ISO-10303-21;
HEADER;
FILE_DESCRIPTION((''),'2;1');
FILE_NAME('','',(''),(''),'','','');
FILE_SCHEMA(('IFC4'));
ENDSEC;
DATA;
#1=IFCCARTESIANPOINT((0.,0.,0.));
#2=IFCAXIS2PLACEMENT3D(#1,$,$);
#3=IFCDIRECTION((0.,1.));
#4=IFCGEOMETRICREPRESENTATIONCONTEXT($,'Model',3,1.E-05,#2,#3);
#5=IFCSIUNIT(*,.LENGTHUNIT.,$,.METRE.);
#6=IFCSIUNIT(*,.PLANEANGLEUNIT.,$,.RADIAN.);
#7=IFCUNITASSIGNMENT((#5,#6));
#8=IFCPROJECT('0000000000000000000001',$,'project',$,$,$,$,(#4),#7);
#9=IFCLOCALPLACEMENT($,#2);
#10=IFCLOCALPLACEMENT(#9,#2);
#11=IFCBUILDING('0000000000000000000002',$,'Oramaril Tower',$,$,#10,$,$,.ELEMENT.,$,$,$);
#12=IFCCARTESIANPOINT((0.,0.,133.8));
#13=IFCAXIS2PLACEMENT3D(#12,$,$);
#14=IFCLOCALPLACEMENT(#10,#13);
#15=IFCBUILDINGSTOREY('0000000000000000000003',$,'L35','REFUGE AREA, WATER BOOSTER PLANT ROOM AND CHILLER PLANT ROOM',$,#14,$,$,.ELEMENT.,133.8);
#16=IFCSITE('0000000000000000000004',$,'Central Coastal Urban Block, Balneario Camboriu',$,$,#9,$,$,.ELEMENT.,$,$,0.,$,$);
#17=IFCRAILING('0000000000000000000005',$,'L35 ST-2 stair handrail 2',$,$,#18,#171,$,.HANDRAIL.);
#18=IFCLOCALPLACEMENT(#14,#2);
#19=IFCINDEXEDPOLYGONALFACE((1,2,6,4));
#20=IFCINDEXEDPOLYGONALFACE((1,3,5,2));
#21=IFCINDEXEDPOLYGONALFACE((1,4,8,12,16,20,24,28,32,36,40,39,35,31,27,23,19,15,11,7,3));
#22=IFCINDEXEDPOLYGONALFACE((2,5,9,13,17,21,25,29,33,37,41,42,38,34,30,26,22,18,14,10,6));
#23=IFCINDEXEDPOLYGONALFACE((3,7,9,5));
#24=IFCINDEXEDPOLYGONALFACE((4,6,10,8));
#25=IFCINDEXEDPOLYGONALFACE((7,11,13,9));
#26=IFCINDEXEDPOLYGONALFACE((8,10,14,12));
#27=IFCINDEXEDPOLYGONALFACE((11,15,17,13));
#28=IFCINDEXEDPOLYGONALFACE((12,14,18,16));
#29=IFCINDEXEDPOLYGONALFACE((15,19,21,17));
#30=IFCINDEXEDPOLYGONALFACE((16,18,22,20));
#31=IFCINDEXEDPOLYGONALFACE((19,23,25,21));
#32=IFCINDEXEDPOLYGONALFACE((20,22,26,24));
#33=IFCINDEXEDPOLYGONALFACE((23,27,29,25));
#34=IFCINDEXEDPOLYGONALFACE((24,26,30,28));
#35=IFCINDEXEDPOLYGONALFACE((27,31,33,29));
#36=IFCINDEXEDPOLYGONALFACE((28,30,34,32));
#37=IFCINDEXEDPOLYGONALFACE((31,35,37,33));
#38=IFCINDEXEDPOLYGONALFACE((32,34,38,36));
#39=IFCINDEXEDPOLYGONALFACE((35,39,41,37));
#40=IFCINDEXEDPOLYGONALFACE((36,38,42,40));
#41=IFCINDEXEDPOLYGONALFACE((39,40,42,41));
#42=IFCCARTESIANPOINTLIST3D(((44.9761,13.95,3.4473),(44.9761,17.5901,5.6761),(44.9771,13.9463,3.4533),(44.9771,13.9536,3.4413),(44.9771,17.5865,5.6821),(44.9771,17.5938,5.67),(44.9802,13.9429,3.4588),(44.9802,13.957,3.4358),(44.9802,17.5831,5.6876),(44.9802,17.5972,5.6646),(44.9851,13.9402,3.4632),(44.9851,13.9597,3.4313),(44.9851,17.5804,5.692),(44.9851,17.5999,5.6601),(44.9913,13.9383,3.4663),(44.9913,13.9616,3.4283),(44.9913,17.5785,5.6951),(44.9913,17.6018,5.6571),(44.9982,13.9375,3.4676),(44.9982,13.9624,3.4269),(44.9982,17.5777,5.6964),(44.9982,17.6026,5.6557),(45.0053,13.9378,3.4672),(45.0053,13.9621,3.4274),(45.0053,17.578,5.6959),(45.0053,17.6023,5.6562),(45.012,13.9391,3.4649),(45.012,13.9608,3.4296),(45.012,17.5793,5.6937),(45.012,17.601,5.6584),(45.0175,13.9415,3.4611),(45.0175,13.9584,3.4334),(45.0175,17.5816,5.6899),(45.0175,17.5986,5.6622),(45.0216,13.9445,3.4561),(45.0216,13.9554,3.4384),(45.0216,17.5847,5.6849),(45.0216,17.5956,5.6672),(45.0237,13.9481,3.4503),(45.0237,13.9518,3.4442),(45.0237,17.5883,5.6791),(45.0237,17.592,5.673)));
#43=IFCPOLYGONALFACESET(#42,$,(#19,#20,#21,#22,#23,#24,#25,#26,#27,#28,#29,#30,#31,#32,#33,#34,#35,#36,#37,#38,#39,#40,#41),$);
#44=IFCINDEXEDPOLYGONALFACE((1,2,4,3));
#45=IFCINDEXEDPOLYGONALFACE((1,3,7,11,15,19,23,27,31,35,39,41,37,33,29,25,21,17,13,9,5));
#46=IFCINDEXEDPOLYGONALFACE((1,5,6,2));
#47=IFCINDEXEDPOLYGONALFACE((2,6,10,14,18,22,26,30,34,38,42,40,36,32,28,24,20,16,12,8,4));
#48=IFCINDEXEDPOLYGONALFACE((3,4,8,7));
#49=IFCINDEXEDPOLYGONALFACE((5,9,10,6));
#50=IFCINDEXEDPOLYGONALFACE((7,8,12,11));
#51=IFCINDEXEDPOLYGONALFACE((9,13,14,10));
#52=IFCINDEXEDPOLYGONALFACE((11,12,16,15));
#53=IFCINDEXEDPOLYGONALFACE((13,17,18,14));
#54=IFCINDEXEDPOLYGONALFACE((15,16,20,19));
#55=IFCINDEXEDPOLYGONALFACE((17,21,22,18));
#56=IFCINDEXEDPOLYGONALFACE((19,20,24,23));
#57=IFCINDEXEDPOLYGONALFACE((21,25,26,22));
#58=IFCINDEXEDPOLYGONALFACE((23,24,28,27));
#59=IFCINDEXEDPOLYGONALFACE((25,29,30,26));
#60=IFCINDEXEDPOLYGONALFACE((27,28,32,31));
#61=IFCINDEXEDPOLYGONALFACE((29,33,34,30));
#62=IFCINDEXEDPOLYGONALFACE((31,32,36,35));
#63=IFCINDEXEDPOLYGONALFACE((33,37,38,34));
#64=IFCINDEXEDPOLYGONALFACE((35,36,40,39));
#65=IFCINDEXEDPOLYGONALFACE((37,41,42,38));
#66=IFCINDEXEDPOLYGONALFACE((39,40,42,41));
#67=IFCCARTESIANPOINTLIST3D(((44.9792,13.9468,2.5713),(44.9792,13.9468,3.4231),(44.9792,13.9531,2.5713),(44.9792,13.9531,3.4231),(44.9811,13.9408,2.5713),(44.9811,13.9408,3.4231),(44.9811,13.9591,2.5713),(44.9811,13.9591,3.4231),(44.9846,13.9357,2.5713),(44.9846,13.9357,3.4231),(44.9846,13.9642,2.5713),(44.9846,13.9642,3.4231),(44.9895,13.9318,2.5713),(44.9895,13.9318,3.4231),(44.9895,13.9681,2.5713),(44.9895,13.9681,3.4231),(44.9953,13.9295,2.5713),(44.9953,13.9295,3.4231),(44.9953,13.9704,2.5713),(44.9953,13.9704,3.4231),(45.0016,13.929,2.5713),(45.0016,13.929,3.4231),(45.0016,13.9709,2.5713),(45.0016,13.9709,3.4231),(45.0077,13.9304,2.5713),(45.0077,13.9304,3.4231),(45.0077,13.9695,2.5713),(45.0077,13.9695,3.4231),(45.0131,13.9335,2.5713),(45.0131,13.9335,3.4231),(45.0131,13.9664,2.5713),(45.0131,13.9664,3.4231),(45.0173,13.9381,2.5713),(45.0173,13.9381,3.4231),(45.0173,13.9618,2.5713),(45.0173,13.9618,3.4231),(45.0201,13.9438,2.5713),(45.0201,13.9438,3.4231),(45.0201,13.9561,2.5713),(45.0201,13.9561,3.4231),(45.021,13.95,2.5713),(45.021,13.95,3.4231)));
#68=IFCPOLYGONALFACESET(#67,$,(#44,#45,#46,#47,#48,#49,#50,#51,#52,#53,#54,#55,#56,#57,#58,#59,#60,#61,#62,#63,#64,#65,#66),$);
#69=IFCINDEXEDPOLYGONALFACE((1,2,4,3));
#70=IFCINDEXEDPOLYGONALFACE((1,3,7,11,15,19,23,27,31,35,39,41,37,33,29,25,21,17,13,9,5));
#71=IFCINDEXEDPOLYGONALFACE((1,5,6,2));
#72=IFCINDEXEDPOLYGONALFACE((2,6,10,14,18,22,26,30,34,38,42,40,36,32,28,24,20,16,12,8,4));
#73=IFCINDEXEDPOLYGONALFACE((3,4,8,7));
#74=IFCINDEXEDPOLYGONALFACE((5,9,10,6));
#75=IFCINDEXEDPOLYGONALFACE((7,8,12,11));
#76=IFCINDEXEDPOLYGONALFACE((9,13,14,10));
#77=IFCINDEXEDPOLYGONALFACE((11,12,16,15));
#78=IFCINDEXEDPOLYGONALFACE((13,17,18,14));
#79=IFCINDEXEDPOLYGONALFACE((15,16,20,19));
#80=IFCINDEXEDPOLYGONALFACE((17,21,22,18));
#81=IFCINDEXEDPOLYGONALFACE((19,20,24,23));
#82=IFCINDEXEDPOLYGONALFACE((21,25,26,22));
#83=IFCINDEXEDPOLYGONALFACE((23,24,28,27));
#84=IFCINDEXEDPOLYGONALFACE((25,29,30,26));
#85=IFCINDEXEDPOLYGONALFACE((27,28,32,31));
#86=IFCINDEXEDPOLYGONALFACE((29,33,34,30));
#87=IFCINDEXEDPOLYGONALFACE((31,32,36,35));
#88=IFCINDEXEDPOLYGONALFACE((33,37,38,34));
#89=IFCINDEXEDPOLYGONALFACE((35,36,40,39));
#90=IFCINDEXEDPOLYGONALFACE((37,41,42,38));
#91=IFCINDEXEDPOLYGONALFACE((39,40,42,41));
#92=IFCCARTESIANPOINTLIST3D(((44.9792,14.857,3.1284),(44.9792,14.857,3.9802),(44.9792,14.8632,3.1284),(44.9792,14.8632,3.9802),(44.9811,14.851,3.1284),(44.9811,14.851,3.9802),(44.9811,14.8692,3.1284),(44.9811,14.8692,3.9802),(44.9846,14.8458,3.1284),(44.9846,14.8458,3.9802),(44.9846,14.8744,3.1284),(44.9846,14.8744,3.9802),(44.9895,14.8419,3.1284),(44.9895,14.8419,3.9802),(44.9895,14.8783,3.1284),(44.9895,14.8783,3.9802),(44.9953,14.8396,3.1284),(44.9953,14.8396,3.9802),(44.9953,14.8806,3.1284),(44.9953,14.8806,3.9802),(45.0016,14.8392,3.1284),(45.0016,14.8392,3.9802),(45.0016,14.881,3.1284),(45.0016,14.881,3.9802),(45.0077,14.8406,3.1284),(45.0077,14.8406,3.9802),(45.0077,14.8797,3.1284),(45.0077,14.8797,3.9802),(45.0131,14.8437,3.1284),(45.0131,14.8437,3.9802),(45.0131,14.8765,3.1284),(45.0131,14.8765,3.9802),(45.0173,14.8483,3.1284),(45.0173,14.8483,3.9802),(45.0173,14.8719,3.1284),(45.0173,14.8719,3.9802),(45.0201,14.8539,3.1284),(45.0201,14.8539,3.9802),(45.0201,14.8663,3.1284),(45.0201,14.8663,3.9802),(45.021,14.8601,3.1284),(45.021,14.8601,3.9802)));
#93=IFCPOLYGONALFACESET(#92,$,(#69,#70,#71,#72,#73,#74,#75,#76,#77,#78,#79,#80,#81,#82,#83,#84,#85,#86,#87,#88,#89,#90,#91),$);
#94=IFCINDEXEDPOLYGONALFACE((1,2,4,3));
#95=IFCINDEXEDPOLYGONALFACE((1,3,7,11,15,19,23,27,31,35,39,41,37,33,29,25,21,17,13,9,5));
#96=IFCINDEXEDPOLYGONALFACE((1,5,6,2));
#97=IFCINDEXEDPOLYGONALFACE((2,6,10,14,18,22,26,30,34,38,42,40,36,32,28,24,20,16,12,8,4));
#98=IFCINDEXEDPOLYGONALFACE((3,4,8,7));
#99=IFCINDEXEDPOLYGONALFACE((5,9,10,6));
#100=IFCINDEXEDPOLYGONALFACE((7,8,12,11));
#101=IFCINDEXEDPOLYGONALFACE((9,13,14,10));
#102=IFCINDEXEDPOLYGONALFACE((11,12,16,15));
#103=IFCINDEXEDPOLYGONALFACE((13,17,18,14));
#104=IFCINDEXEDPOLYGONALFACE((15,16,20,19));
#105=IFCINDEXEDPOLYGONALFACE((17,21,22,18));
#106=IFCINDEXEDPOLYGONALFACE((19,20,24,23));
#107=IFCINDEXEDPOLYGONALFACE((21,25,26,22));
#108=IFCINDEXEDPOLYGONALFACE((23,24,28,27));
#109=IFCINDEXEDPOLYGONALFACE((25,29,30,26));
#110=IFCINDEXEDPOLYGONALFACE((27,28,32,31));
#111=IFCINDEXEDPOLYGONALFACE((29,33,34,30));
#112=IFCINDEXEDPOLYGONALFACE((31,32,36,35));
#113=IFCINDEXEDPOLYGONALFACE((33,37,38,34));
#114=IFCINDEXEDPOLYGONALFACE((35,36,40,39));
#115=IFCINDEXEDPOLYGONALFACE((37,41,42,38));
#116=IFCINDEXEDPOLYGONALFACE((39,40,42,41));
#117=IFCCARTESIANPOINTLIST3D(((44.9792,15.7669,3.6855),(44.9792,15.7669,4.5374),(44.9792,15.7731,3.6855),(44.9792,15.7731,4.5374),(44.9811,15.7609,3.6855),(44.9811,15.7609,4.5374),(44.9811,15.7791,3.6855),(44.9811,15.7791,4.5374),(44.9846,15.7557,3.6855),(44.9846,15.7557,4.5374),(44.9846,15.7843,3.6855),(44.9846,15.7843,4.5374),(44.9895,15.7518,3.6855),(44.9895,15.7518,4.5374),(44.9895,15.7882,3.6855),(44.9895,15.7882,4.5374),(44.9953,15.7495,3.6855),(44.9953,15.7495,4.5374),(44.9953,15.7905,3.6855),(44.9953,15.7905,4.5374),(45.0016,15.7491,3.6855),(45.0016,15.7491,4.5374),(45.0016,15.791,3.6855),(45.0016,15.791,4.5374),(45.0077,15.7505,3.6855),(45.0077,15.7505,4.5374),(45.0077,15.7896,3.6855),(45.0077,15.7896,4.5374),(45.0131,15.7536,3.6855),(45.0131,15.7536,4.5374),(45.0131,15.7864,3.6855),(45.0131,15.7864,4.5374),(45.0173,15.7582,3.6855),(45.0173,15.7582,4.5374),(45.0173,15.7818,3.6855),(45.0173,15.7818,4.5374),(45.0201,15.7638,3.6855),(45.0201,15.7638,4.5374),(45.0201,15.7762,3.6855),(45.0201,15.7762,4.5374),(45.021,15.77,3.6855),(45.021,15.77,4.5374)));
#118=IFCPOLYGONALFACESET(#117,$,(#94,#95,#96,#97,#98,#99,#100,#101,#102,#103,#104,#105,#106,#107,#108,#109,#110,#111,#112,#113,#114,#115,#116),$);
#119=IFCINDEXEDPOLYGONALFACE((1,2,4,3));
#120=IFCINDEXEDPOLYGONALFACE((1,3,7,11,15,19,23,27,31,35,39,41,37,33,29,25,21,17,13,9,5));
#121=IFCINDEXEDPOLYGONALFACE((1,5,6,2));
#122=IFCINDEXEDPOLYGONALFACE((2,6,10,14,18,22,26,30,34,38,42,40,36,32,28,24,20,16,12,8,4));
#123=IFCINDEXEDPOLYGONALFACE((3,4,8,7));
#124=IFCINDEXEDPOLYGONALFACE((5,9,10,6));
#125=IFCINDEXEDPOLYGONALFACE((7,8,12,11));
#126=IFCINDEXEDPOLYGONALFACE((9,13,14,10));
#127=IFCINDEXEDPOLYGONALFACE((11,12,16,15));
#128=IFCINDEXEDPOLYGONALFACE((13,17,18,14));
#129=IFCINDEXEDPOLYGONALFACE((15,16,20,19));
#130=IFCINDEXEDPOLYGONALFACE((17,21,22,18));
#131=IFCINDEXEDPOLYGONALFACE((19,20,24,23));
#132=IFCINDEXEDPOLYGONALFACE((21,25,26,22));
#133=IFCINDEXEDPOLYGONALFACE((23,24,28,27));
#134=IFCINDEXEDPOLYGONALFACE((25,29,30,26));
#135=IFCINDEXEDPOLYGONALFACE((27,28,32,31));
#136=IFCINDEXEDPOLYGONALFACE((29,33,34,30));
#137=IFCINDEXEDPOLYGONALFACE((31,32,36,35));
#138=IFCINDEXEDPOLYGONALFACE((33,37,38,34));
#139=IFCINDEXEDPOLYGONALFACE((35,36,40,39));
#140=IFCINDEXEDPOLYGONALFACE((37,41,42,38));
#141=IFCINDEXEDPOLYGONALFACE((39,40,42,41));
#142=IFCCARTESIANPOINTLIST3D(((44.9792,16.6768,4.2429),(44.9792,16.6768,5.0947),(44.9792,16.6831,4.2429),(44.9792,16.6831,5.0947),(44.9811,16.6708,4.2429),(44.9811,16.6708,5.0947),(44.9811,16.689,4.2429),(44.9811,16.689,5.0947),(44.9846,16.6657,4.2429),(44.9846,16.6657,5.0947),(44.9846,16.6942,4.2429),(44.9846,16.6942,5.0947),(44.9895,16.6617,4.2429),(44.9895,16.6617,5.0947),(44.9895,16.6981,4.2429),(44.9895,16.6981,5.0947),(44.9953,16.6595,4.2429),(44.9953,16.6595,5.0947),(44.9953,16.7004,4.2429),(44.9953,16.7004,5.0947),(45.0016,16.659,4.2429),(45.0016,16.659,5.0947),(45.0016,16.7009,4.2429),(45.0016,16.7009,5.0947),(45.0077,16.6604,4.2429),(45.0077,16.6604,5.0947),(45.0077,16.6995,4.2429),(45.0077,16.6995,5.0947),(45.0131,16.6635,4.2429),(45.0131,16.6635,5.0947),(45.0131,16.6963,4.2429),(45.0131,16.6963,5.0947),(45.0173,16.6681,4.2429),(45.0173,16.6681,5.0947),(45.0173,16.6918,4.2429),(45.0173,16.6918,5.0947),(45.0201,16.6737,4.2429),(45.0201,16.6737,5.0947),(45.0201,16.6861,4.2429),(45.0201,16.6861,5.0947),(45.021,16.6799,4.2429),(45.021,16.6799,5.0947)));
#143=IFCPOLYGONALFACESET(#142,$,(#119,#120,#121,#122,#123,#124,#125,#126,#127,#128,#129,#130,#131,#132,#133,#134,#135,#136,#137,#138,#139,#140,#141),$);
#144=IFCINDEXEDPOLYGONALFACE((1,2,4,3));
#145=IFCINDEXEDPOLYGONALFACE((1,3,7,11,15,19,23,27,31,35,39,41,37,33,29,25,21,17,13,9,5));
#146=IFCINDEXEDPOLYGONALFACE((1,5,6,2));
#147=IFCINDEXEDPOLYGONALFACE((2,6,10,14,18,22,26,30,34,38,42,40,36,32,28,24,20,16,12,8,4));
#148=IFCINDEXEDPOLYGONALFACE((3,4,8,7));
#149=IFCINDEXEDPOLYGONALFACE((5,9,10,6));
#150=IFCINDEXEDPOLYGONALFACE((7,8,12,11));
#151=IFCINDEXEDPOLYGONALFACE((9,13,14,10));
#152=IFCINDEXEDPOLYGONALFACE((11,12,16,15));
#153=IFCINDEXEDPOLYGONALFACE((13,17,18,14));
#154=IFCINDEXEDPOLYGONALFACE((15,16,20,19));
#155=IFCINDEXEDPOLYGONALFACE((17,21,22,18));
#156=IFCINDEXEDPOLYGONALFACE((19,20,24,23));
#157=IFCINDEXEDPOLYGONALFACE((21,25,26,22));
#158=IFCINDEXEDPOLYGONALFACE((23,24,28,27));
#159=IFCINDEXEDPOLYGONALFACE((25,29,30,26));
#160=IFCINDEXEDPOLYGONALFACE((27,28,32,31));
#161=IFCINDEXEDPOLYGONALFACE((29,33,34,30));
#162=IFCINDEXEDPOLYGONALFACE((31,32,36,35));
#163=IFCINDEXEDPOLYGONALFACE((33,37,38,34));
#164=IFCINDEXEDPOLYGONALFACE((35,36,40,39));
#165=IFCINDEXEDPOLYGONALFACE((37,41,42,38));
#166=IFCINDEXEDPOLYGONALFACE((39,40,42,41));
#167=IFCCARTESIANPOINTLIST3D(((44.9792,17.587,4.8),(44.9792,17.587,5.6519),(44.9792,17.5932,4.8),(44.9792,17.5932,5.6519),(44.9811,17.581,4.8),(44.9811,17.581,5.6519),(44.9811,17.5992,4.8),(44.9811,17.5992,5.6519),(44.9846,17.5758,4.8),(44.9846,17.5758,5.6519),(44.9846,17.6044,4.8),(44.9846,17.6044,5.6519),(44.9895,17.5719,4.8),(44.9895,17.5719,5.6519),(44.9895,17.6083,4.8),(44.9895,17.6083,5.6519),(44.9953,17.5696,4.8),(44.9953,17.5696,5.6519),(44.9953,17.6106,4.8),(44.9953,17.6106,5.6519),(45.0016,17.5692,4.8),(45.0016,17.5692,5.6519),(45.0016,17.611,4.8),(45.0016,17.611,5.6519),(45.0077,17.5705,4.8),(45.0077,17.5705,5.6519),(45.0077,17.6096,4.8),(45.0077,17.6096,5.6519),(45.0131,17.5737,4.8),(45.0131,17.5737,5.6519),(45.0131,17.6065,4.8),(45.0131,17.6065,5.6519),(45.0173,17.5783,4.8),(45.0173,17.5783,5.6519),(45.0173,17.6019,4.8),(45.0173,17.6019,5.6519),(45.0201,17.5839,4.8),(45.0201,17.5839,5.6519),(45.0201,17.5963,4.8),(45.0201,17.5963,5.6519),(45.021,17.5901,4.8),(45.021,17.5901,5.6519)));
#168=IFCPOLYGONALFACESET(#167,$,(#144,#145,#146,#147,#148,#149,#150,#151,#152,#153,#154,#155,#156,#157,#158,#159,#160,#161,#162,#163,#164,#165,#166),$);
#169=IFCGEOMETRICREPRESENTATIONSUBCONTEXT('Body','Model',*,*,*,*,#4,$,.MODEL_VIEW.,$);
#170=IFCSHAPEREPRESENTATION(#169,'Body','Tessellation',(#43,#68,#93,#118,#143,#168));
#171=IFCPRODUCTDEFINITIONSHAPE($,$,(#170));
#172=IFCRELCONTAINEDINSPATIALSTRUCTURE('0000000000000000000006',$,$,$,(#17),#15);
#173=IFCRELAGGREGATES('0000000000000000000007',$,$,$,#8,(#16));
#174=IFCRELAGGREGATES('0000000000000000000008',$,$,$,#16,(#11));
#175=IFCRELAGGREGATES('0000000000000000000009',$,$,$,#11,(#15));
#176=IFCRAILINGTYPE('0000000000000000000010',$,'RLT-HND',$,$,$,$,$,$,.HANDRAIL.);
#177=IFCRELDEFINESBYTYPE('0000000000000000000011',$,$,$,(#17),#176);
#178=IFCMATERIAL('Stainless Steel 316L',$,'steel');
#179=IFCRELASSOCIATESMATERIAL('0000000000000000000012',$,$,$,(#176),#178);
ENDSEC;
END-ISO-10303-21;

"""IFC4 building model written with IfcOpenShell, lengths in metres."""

from ifc_helpers import new_model, si_unit, direction, frame, origin, origin_2d, place, context, subcontext, project, spatial, circle, extrude, material, type_object, element, save


model = new_model("IFC4")

# Units and contexts
model_context = context("Model", 3, precision=1e-05, world=origin(), true_north=direction((0.0, 1.0)))
body_context = subcontext(model_context, "Body", "Model", "MODEL_VIEW")
ifc_project = project(units=[si_unit("LENGTHUNIT", "METRE"), si_unit("PLANEANGLEUNIT", "RADIAN")], contexts=[model_context])

# Site, building, storey
site_placement = place(None, origin())
site = spatial("IfcSite", under=ifc_project, at=site_placement, Name="Central Coastal Urban Block, Balneario Camboriu", CompositionType="ELEMENT", RefElevation=0.0)
building_placement = place(site_placement, origin())
building = spatial("IfcBuilding", under=site, at=building_placement, Name="Oramaril Tower", CompositionType="ELEMENT")
storey_placement = place(building_placement, frame((0.0, 0.0, 133.8)))
storey = spatial("IfcBuildingStorey", under=building, at=storey_placement, Name="L35", Description="REFUGE AREA, WATER BOOSTER PLANT ROOM AND CHILLER PLANT ROOM", CompositionType="ELEMENT", Elevation=133.8)

# Railing
ifc_material_1 = material(Name="Stainless Steel 316L", Category="steel")
railing_type_1 = type_object("IfcRailingType", Name="RLT-HND", PredefinedType="HANDRAIL", material=ifc_material_1)
railing_1_placement = place(storey_placement, frame((45.0, 13.95, 2.5713)))
element("IfcRailing", 1, at=railing_1_placement, inside=storey, type_object=railing_type_1, Name="L35 ST-2 stair handrail 2", PredefinedType="HANDRAIL", context=body_context, shape_type="SweptSolid", body=[
    extrude(circle(Radius=0.0239, at=origin_2d()), frame((0.0, 0.0, 0.876), z_axis=(0.0, 0.85284, 0.522172), x_axis=(-1.0, 0.0, 0.0)), (0.0, 0.0, 1.0), 4.2683),
    extrude(circle(Radius=0.021, at=origin_2d()), origin(), (0.0, 0.0, 1.0), 0.8518),
    extrude(circle(Radius=0.021, at=origin_2d()), frame((0.0, 0.9102, 0.5571)), (0.0, 0.0, 1.0), 0.8518),
    extrude(circle(Radius=0.021, at=origin_2d()), frame((0.0, 1.8201, 1.1143)), (0.0, 0.0, 1.0), 0.8518),
    extrude(circle(Radius=0.021, at=origin_2d()), frame((0.0, 2.73, 1.6716)), (0.0, 0.0, 1.0), 0.8518),
    extrude(circle(Radius=0.021, at=origin_2d()), frame((0.0, 3.6401, 2.2288)), (0.0, 0.0, 1.0), 0.8518),
])

save(model, "model.ifc")
